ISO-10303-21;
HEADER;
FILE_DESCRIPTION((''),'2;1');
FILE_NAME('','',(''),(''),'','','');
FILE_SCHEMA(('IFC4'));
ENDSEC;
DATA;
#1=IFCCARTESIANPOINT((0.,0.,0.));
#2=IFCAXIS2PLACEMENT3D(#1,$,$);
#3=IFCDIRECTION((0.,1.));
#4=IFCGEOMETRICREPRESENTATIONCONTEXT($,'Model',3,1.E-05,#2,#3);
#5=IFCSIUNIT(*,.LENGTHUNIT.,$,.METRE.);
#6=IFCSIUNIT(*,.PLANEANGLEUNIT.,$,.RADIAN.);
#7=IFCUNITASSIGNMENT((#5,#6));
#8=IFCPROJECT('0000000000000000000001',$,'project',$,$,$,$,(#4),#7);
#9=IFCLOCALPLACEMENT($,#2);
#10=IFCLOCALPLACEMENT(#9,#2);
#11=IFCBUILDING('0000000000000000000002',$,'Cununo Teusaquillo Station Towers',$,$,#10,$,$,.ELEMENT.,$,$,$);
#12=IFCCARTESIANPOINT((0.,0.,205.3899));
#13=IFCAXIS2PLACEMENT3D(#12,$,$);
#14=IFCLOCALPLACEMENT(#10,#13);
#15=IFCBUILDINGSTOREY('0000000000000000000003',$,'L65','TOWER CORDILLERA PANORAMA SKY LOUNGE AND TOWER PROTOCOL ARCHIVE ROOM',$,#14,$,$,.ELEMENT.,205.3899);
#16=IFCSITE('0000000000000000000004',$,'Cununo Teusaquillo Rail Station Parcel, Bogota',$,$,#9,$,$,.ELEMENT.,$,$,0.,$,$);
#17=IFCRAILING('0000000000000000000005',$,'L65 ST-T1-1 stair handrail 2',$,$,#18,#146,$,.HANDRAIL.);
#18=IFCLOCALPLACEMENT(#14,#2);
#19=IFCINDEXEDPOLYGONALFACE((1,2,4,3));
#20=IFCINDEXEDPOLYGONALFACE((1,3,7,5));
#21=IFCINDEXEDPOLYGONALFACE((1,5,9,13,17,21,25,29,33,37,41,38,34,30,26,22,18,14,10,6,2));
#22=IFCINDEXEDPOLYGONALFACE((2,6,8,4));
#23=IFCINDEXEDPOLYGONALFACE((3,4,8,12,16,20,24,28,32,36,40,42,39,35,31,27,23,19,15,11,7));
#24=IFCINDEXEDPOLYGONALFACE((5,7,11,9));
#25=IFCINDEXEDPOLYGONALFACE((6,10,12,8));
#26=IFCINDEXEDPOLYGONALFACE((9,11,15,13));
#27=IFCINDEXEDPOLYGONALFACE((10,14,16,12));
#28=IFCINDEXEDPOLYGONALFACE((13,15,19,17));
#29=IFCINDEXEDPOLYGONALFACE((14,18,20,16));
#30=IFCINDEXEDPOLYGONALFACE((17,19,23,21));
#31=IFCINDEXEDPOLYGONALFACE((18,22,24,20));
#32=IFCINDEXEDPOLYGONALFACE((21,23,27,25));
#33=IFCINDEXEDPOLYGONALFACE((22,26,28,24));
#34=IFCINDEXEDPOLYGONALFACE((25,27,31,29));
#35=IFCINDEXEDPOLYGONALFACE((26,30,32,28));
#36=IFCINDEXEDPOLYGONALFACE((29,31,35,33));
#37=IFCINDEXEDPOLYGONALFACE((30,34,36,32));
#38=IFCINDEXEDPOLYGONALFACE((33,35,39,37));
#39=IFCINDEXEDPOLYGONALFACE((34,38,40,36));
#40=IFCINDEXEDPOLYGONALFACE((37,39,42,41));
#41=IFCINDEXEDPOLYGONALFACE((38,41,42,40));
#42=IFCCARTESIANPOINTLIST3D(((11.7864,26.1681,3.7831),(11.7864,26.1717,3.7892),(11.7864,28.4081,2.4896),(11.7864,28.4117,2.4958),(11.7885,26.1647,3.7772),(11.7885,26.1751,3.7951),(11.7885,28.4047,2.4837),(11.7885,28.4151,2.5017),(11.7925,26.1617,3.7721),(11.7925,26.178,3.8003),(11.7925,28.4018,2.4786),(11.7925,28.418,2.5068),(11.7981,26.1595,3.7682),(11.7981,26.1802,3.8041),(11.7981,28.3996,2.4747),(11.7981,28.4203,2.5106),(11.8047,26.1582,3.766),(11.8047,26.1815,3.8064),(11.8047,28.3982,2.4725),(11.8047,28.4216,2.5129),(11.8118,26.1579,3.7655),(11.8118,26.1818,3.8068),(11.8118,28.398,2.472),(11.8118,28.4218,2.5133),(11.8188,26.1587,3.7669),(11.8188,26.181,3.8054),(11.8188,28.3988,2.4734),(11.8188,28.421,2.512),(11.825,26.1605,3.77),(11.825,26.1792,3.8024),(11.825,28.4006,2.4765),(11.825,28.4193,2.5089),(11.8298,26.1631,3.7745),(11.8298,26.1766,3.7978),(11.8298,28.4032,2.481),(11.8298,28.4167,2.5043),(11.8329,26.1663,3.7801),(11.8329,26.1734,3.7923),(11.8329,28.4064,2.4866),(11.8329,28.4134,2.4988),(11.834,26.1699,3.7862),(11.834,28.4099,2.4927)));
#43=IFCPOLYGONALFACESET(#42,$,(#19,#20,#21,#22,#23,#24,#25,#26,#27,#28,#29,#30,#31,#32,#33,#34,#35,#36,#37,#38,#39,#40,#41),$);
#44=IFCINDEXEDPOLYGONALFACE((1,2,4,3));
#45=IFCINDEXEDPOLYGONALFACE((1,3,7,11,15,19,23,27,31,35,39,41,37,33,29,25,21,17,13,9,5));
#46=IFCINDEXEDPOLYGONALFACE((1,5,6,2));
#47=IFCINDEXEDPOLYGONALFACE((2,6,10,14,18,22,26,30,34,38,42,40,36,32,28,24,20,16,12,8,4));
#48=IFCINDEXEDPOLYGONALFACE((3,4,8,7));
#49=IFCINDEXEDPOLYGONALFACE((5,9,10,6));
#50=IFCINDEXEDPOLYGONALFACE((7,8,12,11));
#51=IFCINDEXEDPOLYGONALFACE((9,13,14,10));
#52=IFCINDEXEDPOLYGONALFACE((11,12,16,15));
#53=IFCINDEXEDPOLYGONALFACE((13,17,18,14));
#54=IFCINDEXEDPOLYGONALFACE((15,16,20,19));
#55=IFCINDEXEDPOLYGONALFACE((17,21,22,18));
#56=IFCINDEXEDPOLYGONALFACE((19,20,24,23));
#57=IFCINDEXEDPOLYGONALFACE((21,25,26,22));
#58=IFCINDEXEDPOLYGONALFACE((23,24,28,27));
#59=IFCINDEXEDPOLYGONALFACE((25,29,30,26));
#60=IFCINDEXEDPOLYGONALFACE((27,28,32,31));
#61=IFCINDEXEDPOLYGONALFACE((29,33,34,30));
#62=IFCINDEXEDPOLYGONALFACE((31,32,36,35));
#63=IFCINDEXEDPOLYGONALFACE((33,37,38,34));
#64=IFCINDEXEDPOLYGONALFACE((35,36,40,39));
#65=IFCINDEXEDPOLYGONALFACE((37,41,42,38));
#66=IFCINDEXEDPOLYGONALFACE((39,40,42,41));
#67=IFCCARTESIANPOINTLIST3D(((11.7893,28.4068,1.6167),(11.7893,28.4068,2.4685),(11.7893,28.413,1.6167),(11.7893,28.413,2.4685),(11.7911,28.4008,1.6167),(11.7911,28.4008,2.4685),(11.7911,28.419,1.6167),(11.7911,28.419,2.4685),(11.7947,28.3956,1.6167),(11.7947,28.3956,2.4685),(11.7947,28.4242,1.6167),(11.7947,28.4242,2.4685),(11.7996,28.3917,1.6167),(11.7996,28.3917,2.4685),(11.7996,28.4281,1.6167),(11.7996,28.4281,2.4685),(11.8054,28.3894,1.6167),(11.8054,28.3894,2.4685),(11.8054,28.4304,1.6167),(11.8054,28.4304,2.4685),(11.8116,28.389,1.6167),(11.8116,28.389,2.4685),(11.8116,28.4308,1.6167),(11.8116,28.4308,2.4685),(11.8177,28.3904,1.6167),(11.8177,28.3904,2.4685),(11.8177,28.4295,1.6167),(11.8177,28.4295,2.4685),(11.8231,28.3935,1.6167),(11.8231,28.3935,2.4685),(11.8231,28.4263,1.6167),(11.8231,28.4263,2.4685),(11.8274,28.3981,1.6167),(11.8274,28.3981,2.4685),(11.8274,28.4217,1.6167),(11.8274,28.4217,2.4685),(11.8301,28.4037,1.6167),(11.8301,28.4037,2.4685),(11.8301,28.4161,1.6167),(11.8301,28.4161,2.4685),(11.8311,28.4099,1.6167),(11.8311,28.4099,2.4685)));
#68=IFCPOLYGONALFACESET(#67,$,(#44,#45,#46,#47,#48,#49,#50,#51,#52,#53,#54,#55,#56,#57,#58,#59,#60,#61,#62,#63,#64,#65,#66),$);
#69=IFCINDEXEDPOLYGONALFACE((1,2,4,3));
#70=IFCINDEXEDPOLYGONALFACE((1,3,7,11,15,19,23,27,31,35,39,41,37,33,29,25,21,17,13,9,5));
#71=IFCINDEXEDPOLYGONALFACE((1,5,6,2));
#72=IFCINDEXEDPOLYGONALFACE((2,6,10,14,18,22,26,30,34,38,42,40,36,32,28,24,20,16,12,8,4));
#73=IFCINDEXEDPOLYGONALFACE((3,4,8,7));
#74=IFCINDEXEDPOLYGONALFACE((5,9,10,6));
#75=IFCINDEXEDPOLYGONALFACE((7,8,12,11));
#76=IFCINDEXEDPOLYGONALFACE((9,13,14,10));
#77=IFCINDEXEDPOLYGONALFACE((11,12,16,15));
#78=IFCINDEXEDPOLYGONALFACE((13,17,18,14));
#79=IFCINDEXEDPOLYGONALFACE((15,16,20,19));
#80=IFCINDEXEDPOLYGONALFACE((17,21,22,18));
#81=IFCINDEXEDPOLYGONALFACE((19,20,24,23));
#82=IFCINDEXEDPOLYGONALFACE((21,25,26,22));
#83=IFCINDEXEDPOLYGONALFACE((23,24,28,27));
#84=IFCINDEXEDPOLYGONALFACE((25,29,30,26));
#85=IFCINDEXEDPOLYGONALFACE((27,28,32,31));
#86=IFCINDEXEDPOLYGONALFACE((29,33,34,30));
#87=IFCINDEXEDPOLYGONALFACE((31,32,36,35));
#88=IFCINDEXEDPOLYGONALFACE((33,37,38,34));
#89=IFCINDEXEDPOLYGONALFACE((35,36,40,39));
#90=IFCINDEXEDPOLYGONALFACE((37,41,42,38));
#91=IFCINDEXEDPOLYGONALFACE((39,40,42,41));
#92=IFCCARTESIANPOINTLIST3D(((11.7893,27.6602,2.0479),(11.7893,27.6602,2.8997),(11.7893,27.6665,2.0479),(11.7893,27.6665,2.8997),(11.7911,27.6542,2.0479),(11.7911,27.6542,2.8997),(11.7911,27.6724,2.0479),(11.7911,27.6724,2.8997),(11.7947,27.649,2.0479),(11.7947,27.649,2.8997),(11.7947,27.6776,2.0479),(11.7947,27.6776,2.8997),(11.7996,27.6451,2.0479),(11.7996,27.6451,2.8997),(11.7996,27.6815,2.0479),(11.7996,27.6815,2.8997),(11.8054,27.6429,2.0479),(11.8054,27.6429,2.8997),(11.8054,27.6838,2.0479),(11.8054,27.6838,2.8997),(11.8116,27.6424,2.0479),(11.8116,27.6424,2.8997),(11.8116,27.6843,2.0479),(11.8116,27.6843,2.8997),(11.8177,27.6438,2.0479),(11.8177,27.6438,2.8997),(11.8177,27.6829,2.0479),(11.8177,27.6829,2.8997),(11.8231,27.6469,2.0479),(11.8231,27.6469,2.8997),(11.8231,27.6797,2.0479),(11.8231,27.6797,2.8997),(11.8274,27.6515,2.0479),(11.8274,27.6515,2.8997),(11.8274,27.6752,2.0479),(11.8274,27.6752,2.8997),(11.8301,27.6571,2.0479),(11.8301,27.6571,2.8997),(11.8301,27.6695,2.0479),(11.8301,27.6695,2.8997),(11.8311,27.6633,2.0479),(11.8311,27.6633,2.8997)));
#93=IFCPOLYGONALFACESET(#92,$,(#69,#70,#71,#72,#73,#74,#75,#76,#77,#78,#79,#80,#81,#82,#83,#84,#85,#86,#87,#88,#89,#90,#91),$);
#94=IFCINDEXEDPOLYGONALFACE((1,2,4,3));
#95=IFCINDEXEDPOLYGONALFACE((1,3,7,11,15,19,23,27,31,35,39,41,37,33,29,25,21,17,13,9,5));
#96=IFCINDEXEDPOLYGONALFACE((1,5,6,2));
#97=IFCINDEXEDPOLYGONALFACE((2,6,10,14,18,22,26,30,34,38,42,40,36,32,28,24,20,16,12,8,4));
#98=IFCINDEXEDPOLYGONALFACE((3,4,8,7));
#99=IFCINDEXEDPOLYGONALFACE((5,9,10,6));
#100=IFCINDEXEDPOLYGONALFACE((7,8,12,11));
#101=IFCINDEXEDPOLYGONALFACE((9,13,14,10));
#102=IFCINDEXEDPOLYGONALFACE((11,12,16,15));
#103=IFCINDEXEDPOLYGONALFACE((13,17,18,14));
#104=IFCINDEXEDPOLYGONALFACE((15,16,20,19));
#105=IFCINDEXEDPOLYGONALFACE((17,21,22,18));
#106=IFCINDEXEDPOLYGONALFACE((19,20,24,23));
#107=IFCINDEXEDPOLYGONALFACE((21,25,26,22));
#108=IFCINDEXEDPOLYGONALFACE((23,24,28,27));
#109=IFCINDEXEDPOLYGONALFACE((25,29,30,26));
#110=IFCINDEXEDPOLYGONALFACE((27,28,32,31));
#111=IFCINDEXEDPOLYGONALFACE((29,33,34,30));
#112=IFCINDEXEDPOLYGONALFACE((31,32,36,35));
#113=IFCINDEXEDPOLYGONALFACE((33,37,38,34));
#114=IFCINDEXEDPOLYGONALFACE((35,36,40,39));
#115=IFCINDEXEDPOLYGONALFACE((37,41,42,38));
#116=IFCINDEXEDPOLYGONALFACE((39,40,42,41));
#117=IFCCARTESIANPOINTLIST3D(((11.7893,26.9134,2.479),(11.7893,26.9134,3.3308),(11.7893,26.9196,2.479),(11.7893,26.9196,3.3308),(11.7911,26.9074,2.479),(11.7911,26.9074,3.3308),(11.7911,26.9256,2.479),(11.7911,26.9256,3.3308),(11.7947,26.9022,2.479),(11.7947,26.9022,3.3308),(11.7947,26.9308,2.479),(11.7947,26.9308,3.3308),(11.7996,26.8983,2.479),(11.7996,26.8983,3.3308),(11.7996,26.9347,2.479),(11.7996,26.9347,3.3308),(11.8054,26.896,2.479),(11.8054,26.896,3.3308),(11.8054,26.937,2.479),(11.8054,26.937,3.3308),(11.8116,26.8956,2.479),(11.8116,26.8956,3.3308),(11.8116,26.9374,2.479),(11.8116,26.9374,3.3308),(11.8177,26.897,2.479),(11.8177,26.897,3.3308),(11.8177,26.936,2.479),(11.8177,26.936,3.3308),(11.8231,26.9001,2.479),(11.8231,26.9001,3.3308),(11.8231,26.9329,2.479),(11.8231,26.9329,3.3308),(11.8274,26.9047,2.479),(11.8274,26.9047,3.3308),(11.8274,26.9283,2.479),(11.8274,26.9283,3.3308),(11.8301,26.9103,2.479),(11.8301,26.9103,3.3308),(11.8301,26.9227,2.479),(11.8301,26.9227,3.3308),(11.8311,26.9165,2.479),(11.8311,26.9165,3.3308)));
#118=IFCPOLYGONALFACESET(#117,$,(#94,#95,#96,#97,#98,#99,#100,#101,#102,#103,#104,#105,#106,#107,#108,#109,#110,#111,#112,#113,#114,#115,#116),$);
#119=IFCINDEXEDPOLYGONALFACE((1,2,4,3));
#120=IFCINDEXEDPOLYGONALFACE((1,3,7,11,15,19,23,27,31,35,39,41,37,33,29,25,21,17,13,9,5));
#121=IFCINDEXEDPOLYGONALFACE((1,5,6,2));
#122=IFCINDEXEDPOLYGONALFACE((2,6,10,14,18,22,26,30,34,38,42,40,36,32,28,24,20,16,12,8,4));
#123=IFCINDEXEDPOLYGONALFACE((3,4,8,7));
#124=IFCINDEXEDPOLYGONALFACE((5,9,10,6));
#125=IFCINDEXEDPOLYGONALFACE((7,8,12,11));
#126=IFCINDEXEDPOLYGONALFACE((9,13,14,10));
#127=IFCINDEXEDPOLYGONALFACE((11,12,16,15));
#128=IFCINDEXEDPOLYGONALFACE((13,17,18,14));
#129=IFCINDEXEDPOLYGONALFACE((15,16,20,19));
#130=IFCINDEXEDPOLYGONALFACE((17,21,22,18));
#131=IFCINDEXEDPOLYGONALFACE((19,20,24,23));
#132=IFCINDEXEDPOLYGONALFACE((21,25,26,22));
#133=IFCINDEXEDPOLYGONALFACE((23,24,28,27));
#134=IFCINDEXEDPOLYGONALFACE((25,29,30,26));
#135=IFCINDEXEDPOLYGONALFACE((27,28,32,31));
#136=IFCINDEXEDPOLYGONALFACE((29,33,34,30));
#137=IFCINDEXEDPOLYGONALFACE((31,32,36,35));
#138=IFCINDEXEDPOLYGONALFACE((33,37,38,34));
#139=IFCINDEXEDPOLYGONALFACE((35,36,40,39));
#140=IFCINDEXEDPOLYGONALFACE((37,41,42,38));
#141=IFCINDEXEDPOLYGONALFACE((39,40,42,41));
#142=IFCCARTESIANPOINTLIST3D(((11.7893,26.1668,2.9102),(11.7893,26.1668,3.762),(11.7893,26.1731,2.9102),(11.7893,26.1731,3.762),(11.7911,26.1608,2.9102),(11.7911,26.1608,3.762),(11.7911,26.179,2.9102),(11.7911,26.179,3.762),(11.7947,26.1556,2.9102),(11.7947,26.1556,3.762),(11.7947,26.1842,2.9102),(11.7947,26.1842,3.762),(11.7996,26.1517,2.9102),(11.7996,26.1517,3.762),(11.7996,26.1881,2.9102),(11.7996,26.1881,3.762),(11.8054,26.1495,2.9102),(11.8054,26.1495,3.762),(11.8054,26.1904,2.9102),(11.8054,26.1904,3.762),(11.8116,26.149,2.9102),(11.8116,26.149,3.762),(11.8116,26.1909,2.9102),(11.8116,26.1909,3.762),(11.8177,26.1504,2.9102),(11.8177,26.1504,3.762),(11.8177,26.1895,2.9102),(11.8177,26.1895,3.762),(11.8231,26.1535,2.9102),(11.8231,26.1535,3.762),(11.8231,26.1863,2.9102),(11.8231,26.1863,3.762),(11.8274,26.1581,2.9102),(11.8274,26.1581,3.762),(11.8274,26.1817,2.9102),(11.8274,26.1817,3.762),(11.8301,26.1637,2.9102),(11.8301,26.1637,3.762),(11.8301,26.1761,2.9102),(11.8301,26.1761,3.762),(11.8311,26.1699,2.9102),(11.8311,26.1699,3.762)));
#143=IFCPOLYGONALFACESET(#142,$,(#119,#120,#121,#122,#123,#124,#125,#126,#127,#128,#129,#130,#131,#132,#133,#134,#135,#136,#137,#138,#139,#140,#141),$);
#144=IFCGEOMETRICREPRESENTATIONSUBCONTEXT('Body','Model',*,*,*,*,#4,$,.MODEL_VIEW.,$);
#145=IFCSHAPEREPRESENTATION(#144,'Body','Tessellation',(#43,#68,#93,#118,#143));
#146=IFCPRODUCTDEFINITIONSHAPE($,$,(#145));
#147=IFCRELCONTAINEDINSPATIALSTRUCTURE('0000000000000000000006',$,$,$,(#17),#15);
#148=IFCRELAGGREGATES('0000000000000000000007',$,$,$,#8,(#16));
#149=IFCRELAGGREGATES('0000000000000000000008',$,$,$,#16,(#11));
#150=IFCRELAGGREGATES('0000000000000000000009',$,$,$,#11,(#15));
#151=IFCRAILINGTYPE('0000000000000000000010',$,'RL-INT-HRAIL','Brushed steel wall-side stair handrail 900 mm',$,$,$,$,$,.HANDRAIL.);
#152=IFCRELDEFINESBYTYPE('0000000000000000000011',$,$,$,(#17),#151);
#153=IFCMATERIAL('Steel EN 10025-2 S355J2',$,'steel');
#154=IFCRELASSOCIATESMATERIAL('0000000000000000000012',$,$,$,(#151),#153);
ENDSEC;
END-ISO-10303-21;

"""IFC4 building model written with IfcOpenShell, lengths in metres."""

from ifc_helpers import new_model, si_unit, direction, frame, origin, origin_2d, place, context, subcontext, project, spatial, circle, extrude, material, type_object, element, save


model = new_model("IFC4")

# Units and contexts
model_context = context("Model", 3, precision=1e-05, world=origin(), true_north=direction((0.0, 1.0)))
body_context = subcontext(model_context, "Body", "Model", "MODEL_VIEW")
ifc_project = project(units=[si_unit("LENGTHUNIT", "METRE"), si_unit("PLANEANGLEUNIT", "RADIAN")], contexts=[model_context])

# Site, building, storey
site_placement = place(None, origin())
site = spatial("IfcSite", under=ifc_project, at=site_placement, Name="Cununo Teusaquillo Rail Station Parcel, Bogota", CompositionType="ELEMENT", RefElevation=0.0)
building_placement = place(site_placement, origin())
building = spatial("IfcBuilding", under=site, at=building_placement, Name="Cununo Teusaquillo Station Towers", CompositionType="ELEMENT")
storey_placement = place(building_placement, frame((0.0, 0.0, 205.3899)))
storey = spatial("IfcBuildingStorey", under=building, at=storey_placement, Name="L65", Description="TOWER CORDILLERA PANORAMA SKY LOUNGE AND TOWER PROTOCOL ARCHIVE ROOM", CompositionType="ELEMENT", Elevation=205.3899)

# Railing
ifc_material_1 = material(Name="Steel EN 10025-2 S355J2", Category="steel")
railing_type_1 = type_object("IfcRailingType", Name="RL-INT-HRAIL", Description="Brushed steel wall-side stair handrail 900 mm", PredefinedType="HANDRAIL", material=ifc_material_1)
railing_1_placement = place(storey_placement, frame((11.8101, 28.4099, 1.6167)))
element("IfcRailing", 1, at=railing_1_placement, inside=storey, type_object=railing_type_1, Name="L65 ST-T1-1 stair handrail 2", PredefinedType="HANDRAIL", context=body_context, shape_type="SweptSolid", body=[
    extrude(circle(Radius=0.0239, at=origin_2d()), frame((0.0, 0.0, 0.876), z_axis=(0.0, -0.865992, 0.500057), x_axis=(1.0, 0.0, 0.0)), (0.0, 0.0, 1.0), 2.5867),
    extrude(circle(Radius=0.021, at=origin_2d()), origin(), (0.0, 0.0, 1.0), 0.8518),
    extrude(circle(Radius=0.021, at=origin_2d()), frame((0.0, -0.7466, 0.4312)), (0.0, 0.0, 1.0), 0.8518),
    extrude(circle(Radius=0.021, at=origin_2d()), frame((0.0, -1.4934, 0.8623)), (0.0, 0.0, 1.0), 0.8518),
    extrude(circle(Radius=0.021, at=origin_2d()), frame((0.0, -2.24, 1.2935)), (0.0, 0.0, 1.0), 0.8518),
])

save(model, "model.ifc")
